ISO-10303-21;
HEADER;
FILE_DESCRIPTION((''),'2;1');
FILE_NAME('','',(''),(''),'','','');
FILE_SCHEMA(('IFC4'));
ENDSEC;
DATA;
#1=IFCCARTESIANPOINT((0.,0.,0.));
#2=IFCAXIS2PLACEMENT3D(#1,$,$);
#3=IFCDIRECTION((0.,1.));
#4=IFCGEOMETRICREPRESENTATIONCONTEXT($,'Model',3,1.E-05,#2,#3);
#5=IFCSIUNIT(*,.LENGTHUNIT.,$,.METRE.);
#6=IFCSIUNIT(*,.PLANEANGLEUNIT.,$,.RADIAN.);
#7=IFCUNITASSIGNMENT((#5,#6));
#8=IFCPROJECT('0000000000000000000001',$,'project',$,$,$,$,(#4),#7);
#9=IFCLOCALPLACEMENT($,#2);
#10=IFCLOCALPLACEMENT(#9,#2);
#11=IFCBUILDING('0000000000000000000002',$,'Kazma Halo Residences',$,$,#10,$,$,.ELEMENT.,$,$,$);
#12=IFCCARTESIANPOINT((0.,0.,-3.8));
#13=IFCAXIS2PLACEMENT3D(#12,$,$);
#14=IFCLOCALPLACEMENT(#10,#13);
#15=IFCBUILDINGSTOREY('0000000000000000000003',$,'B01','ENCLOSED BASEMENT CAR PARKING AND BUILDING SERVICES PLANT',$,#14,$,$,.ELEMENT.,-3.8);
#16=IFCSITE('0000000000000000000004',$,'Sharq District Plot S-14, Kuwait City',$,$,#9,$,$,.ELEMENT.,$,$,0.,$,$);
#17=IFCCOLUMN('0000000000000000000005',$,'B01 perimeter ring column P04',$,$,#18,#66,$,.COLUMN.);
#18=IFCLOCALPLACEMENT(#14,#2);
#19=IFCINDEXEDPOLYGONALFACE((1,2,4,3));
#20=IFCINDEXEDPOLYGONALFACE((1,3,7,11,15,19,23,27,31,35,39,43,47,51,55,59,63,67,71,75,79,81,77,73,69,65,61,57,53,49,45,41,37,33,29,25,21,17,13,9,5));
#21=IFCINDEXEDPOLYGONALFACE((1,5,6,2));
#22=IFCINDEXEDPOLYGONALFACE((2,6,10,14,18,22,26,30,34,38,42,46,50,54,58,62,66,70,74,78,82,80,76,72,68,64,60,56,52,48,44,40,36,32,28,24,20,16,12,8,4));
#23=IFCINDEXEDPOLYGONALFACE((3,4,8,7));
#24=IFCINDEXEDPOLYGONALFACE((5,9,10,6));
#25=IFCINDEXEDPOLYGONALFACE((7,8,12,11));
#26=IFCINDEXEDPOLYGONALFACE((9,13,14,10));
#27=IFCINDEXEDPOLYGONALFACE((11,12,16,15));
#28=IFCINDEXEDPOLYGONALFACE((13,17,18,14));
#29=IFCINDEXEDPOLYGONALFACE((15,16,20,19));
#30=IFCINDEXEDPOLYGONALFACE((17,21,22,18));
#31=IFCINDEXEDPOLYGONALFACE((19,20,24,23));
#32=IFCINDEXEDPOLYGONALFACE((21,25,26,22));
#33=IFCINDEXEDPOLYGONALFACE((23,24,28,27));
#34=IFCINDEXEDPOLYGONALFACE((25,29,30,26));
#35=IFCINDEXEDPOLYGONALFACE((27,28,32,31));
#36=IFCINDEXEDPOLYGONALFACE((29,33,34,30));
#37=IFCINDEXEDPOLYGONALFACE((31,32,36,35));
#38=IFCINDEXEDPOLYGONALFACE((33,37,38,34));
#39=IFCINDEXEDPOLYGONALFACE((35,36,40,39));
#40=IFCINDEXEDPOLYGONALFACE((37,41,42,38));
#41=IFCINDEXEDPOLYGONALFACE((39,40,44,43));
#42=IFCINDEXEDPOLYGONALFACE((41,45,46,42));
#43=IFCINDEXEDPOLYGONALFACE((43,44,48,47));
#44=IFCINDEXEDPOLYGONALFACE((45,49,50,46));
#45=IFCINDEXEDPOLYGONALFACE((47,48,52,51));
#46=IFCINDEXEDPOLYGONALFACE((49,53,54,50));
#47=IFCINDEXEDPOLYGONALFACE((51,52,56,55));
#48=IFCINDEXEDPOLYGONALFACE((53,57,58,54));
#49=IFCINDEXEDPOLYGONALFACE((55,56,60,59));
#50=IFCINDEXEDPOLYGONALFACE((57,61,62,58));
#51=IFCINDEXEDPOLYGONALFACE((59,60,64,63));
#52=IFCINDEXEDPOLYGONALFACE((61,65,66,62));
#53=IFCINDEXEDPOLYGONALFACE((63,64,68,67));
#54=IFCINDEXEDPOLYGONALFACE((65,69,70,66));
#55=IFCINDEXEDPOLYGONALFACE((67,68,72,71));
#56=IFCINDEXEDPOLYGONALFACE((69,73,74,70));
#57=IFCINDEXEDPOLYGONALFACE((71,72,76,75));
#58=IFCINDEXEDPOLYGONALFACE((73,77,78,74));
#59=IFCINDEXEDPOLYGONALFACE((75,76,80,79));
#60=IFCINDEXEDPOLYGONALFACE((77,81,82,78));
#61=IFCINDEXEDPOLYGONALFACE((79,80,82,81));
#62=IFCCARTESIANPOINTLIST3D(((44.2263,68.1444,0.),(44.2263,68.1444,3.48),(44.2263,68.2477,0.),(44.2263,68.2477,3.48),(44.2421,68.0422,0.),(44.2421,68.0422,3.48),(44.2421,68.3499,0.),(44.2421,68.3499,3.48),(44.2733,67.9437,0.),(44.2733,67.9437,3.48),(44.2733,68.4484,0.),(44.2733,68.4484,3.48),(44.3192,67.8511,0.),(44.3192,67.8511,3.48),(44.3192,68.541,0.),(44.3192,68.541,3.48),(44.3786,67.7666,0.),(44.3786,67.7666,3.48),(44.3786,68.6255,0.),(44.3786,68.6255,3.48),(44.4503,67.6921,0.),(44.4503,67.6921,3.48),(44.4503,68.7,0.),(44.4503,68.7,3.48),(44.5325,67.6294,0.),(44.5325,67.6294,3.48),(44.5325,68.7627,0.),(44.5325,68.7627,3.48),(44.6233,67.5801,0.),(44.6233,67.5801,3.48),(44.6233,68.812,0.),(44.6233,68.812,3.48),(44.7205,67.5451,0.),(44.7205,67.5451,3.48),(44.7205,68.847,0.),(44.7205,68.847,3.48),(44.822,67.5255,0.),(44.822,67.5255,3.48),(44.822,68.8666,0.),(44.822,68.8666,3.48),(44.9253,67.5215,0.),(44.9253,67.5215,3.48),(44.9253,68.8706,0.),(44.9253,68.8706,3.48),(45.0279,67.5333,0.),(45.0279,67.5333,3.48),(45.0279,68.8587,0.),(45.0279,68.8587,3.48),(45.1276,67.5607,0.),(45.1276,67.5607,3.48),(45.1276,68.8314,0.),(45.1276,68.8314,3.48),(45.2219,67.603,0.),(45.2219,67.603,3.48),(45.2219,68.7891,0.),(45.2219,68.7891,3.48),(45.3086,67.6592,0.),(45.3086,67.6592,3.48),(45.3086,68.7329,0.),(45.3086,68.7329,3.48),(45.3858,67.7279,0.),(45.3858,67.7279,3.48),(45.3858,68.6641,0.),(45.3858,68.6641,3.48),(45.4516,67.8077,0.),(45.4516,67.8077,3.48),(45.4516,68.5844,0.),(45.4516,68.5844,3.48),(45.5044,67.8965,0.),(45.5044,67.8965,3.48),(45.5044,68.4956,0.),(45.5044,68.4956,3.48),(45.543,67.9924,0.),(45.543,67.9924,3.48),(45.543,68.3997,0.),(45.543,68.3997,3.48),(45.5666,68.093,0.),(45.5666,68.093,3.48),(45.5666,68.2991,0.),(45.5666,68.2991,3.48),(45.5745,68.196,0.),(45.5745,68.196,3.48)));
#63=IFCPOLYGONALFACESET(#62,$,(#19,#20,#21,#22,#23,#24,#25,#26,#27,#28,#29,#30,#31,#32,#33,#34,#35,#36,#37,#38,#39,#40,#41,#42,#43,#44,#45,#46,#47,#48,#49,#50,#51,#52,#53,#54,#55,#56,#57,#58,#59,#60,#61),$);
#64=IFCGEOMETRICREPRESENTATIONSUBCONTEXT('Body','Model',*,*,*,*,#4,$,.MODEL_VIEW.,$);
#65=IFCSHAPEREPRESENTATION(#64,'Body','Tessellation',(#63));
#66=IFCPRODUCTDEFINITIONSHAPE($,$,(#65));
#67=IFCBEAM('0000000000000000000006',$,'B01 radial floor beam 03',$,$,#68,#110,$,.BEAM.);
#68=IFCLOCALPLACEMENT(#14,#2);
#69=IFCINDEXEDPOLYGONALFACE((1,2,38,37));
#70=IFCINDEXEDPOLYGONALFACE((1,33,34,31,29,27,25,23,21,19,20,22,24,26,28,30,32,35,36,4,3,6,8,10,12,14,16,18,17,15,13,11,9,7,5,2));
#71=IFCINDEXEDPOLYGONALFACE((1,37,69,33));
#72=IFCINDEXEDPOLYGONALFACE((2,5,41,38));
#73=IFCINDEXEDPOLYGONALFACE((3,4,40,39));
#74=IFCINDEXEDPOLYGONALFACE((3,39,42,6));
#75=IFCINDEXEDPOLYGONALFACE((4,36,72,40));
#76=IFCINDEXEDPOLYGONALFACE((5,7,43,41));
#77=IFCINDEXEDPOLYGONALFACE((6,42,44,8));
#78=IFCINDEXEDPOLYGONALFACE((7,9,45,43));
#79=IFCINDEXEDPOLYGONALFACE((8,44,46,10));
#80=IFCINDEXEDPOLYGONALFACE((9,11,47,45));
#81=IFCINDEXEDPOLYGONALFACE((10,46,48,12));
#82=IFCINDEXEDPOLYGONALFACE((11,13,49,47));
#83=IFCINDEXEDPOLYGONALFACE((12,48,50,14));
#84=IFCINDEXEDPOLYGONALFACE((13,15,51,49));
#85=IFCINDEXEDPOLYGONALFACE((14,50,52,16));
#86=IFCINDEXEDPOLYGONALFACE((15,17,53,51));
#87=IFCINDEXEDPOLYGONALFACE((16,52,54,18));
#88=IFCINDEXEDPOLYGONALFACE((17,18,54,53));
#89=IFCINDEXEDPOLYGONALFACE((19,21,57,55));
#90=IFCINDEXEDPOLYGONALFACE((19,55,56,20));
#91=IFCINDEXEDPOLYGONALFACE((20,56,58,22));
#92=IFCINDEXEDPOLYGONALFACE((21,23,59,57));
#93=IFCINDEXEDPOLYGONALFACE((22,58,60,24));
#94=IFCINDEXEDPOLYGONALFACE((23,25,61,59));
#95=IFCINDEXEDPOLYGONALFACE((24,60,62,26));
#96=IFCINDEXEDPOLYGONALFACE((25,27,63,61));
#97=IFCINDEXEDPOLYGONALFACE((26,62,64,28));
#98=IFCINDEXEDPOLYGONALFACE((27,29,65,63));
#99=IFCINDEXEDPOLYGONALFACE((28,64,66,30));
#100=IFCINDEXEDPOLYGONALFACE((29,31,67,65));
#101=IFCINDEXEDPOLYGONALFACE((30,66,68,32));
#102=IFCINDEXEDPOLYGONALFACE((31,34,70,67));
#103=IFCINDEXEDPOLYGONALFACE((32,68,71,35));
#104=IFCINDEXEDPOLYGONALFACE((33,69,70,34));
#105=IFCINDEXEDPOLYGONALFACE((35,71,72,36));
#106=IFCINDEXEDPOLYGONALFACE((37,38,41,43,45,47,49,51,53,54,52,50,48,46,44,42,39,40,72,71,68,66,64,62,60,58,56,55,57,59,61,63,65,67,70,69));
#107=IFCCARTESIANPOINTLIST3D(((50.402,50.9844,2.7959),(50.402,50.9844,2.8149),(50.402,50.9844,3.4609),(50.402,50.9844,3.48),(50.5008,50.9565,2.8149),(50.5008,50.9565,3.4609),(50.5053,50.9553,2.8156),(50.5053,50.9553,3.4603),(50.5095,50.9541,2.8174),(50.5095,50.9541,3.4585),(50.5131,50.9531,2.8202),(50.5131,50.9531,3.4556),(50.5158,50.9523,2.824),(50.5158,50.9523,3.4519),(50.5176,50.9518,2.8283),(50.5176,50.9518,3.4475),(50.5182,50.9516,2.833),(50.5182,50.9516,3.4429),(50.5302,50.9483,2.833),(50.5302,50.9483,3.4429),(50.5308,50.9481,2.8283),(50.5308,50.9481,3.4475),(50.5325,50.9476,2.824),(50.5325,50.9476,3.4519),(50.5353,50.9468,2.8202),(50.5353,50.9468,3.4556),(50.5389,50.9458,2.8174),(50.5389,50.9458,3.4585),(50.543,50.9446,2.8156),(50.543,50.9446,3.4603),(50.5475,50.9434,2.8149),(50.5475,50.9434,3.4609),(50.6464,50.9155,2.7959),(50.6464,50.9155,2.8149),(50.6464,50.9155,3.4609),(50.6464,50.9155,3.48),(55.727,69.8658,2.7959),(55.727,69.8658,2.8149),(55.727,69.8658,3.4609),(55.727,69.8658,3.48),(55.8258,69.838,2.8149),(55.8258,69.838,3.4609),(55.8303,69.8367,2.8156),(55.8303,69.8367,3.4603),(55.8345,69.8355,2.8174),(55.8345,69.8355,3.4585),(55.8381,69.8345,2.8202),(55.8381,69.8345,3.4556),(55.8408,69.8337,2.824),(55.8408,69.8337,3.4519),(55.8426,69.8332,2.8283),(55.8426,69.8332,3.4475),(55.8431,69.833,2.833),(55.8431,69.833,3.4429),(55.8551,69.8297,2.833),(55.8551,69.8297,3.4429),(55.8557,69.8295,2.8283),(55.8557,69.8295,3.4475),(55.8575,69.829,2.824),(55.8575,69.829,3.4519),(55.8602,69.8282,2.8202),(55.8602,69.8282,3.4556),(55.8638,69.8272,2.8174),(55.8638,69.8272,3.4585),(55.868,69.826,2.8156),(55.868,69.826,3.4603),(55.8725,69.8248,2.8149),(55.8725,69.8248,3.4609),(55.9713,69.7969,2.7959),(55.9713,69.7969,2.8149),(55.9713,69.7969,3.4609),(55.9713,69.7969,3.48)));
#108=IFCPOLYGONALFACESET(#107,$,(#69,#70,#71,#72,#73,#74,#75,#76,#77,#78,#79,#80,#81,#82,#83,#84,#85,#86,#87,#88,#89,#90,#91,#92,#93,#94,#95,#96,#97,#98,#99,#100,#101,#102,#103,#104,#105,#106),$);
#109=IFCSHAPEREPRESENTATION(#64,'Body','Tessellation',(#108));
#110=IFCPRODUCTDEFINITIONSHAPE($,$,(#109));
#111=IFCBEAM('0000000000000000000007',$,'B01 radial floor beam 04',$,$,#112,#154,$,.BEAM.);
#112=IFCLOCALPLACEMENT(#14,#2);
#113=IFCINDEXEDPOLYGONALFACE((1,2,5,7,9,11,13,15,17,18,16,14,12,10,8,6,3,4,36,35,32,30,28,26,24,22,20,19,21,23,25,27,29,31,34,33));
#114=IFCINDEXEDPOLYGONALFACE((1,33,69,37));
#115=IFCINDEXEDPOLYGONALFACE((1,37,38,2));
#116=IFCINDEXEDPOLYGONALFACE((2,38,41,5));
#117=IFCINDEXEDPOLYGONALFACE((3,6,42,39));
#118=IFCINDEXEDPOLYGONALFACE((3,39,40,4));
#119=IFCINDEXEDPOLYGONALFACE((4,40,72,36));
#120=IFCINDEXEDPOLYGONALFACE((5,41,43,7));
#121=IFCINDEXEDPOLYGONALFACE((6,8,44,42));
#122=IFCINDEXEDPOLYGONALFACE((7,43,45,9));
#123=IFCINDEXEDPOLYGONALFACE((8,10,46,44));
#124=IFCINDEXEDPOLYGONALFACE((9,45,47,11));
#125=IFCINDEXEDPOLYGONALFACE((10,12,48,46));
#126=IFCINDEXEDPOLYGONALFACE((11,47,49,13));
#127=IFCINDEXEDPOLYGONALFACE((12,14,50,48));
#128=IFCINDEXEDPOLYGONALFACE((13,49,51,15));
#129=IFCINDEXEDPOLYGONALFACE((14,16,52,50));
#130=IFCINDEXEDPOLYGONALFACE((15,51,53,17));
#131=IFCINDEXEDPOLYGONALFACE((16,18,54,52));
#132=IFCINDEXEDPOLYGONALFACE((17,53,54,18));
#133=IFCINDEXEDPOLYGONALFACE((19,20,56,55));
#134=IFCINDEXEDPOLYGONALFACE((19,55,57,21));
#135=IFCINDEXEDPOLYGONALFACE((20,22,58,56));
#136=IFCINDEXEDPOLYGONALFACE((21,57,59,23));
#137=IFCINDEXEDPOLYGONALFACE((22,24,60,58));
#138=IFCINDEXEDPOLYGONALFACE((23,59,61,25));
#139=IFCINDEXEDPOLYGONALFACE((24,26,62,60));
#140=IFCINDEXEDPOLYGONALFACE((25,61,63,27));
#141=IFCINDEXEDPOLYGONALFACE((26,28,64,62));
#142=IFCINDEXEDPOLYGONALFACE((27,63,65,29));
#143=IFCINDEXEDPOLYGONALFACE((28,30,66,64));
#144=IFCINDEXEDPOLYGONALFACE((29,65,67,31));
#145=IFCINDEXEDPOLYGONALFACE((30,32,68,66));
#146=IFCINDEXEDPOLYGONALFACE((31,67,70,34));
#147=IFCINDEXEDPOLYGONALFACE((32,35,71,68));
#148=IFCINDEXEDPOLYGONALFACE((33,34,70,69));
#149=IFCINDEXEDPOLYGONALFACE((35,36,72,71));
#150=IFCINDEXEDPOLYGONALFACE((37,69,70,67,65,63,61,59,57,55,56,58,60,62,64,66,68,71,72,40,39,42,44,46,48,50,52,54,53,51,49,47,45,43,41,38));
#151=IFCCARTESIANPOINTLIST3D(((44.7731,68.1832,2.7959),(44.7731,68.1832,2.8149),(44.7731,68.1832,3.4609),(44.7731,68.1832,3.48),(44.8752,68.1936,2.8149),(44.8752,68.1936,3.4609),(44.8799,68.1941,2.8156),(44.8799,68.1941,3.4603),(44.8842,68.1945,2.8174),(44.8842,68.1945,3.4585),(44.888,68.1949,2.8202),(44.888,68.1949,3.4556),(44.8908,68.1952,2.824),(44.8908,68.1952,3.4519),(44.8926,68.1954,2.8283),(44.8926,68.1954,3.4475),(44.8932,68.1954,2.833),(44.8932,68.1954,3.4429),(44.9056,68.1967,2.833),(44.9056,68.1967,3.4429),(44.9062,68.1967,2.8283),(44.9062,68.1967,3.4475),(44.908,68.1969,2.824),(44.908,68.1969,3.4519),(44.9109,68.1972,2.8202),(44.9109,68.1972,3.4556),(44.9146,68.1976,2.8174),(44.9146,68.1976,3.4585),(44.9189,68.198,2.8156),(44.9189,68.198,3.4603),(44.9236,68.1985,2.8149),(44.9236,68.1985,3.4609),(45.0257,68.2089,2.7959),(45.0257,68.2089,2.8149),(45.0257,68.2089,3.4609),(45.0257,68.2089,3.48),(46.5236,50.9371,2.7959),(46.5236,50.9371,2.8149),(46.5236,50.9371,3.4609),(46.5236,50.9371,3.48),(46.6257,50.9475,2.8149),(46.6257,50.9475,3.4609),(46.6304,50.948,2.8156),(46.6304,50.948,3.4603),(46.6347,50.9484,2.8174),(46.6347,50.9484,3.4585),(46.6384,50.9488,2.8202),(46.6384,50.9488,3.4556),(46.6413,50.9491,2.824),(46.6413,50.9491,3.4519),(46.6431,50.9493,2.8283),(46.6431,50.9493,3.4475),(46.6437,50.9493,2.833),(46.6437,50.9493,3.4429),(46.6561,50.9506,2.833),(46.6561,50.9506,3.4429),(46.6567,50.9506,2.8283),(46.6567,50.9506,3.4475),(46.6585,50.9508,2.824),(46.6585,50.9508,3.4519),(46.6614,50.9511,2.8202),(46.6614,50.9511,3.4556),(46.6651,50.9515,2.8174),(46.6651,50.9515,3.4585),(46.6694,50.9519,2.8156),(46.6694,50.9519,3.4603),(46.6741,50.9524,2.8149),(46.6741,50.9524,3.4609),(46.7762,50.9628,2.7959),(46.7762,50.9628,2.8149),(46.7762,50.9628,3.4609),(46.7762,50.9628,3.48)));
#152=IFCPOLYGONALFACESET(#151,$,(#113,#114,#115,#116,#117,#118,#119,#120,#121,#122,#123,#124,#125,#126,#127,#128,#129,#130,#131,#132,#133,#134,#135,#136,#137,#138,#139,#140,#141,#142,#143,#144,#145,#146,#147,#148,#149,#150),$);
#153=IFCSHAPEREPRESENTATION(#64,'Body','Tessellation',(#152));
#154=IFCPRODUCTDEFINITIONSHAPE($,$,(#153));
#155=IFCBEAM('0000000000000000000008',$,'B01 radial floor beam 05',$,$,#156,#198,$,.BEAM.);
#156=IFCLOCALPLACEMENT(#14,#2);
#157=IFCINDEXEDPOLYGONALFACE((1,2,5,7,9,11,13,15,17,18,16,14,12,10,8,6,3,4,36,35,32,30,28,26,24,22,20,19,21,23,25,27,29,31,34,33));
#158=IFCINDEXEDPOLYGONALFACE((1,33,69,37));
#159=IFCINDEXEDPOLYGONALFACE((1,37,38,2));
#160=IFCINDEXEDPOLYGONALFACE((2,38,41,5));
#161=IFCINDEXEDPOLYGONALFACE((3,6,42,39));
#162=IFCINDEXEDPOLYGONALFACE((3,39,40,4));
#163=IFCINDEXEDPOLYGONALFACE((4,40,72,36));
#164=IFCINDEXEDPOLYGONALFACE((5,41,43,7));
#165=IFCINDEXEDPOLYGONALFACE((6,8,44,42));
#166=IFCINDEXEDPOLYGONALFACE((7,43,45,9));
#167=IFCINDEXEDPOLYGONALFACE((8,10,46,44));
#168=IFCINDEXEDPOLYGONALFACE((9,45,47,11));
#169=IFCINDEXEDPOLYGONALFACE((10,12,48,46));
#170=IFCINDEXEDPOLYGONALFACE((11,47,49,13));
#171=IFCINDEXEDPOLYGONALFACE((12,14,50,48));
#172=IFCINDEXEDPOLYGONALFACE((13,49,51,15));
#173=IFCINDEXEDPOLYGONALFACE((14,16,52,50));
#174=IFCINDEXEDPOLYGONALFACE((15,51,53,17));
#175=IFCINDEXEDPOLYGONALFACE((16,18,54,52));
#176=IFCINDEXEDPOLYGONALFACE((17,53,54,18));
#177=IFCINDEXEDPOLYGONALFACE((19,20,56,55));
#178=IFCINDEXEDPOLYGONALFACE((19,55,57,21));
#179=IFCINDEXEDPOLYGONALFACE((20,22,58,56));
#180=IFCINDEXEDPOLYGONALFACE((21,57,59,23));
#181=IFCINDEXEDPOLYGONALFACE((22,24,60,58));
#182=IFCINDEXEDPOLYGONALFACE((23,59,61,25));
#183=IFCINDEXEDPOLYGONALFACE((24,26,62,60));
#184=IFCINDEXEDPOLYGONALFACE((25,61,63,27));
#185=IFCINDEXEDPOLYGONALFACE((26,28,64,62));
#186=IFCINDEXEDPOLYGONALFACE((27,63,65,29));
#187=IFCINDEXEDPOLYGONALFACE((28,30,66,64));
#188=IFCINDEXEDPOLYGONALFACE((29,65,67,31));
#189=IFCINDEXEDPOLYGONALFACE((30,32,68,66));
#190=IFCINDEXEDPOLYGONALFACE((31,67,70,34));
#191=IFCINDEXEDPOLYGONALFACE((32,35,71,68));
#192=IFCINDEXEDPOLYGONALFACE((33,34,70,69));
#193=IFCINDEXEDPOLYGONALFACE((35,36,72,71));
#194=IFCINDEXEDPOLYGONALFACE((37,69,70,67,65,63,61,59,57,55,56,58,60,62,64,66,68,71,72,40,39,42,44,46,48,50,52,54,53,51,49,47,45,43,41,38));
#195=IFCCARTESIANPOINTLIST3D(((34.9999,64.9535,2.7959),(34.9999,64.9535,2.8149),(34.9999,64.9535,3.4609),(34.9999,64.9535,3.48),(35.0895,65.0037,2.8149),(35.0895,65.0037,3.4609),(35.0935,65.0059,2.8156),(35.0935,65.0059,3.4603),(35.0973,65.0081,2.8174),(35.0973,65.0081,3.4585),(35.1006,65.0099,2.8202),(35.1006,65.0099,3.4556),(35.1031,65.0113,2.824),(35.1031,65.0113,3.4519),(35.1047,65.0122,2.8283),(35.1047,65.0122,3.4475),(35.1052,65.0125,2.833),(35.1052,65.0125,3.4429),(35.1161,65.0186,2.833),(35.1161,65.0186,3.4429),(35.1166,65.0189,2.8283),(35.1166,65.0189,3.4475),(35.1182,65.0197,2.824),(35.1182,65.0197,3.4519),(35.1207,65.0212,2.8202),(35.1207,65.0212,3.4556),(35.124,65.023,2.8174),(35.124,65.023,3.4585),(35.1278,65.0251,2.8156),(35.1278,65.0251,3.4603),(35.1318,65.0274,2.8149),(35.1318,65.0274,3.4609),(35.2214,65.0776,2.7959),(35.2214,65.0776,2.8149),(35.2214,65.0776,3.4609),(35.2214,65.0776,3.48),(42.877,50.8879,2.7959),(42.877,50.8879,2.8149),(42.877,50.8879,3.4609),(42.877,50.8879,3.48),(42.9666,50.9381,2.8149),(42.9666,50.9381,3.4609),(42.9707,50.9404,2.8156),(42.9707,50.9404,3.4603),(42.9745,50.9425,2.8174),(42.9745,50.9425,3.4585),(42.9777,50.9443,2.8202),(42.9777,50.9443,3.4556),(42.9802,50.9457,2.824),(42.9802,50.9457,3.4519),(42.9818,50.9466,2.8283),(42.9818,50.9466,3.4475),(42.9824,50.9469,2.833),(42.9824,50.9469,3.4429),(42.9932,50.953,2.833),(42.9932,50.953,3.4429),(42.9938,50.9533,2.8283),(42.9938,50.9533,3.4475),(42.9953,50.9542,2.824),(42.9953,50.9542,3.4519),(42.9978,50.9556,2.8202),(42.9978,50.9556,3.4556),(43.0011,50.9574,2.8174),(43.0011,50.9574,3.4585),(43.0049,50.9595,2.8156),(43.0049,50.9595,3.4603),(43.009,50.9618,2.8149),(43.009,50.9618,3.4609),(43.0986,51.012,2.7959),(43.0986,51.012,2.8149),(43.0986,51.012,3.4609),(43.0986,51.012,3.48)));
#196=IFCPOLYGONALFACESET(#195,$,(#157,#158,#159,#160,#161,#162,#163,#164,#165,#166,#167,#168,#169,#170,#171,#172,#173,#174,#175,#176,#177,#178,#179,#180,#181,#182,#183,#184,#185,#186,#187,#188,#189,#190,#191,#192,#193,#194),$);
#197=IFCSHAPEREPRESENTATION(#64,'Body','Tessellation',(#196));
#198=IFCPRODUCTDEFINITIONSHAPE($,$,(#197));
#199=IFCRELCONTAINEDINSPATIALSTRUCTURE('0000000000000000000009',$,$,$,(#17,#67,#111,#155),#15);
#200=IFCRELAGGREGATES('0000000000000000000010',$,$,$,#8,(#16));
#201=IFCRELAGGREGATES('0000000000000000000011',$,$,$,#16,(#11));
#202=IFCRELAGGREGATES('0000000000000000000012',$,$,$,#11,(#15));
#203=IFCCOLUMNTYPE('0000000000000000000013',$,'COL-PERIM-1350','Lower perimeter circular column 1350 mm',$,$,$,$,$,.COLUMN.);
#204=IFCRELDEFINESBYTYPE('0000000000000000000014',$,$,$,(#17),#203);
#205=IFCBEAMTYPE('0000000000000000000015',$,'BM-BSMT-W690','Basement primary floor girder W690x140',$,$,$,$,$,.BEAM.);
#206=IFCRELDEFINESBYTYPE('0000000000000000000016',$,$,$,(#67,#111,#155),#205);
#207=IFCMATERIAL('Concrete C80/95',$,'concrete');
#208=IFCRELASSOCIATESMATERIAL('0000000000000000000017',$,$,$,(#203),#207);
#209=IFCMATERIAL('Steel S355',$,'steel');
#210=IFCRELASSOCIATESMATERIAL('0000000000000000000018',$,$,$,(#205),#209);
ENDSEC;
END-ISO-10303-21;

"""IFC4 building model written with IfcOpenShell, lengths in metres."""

from ifc_helpers import new_model, si_unit, direction, frame, origin, origin_2d, place, context, subcontext, project, spatial, circle, i_section, extrude, material, material_profile, profile_set, type_object, element, save


model = new_model("IFC4")

# Units and contexts
model_context = context("Model", 3, precision=1e-05, world=origin(), true_north=direction((0.0, 1.0)))
body_context = subcontext(model_context, "Body", "Model", "MODEL_VIEW")
ifc_project = project(units=[si_unit("LENGTHUNIT", "METRE"), si_unit("PLANEANGLEUNIT", "RADIAN")], contexts=[model_context])

# Site, building, storey
site_placement = place(None, origin())
site = spatial("IfcSite", under=ifc_project, at=site_placement, Name="Sharq District Plot S-14, Kuwait City", CompositionType="ELEMENT", RefElevation=0.0)
building_placement = place(site_placement, origin())
building = spatial("IfcBuilding", under=site, at=building_placement, Name="Kazma Halo Residences", CompositionType="ELEMENT")
storey_placement = place(building_placement, frame((0.0, 0.0, -3.8)))
storey = spatial("IfcBuildingStorey", under=building, at=storey_placement, Name="B01", Description="ENCLOSED BASEMENT CAR PARKING AND BUILDING SERVICES PLANT", CompositionType="ELEMENT", Elevation=-3.8)

# Column
ifc_material_1 = material(Name="Concrete C80/95", Category="concrete")
ifc_material_profile_1 = material_profile(ifc_material_1, circle(Radius=0.675, at=origin_2d()), Name="CIRC1350")
ifc_profile_set_1 = profile_set([ifc_material_profile_1], Name="Concrete C80/95")
column_type = type_object("IfcColumnType", Name="COL-PERIM-1350", Description="Lower perimeter circular column 1350 mm", PredefinedType="COLUMN", material=ifc_profile_set_1)
column_placement = place(storey_placement, frame((44.8994, 68.196, 0.0), z_axis=(0.0, 0.0, 1.0), x_axis=(1.0, 0.0, 0.0)))
element("IfcColumn", 1, at=column_placement, inside=storey, type_object=column_type, Name="B01 perimeter ring column P04", PredefinedType="COLUMN", context=body_context, shape_type="SweptSolid", body=[
    extrude(circle(Radius=0.675, at=origin_2d()), origin(), (0.0, 0.0, 1.0), 3.48),
])

# Beams
ifc_material_2 = material(Name="Steel S355", Category="steel")
ifc_material_profile_2 = material_profile(ifc_material_2, i_section(OverallWidth=0.2539, OverallDepth=0.6841, WebThickness=0.0125, FlangeThickness=0.019, FilletRadius=0.0181, at=origin_2d()), Name="W690x140")
ifc_profile_set_2 = profile_set([ifc_material_profile_2], Name="Steel S355")
beam_type_1 = type_object("IfcBeamType", Name="BM-BSMT-W690", Description="Basement primary floor girder W690x140", PredefinedType="BEAM", material=ifc_profile_set_2)
beam_1_placement = place(storey_placement, frame((50.5242, 50.95, 3.1379), z_axis=(0.271434, 0.962457, 0.0), x_axis=(-0.962457, 0.271434, 0.0)))
element("IfcBeam", 2, at=beam_1_placement, inside=storey, type_object=beam_type_1, Name="B01 radial floor beam 03", PredefinedType="BEAM", context=body_context, shape_type="SweptSolid", body=[
    extrude(i_section(OverallWidth=0.2539, OverallDepth=0.6841, WebThickness=0.0125, FlangeThickness=0.019, FilletRadius=0.0181, at=origin_2d()), origin(), (0.0, 0.0, 1.0), 19.6179),
])
beam_2_placement = place(storey_placement, frame((46.6499, 50.95, 3.1379), z_axis=(-0.100982, 0.994888, 0.0), x_axis=(-0.994888, -0.100982, 0.0)))
element("IfcBeam", 3, at=beam_2_placement, inside=storey, type_object=beam_type_1, Name="B01 radial floor beam 04", PredefinedType="BEAM", context=body_context, shape_type="SweptSolid", body=[
    extrude(i_section(OverallWidth=0.2539, OverallDepth=0.6841, WebThickness=0.0125, FlangeThickness=0.019, FilletRadius=0.0181, at=origin_2d()), origin(), (0.0, 0.0, 1.0), 17.3347),
])
beam_3_placement = place(storey_placement, frame((42.9878, 50.95, 3.1379), z_axis=(-0.488623, 0.872495, 0.0), x_axis=(-0.872495, -0.488623, 0.0)))
element("IfcBeam", 4, at=beam_3_placement, inside=storey, type_object=beam_type_1, Name="B01 radial floor beam 05", PredefinedType="BEAM", context=body_context, shape_type="SweptSolid", body=[
    extrude(i_section(OverallWidth=0.2539, OverallDepth=0.6841, WebThickness=0.0125, FlangeThickness=0.019, FilletRadius=0.0181, at=origin_2d()), origin(), (0.0, 0.0, 1.0), 16.1211),
])

save(model, "model.ifc")
